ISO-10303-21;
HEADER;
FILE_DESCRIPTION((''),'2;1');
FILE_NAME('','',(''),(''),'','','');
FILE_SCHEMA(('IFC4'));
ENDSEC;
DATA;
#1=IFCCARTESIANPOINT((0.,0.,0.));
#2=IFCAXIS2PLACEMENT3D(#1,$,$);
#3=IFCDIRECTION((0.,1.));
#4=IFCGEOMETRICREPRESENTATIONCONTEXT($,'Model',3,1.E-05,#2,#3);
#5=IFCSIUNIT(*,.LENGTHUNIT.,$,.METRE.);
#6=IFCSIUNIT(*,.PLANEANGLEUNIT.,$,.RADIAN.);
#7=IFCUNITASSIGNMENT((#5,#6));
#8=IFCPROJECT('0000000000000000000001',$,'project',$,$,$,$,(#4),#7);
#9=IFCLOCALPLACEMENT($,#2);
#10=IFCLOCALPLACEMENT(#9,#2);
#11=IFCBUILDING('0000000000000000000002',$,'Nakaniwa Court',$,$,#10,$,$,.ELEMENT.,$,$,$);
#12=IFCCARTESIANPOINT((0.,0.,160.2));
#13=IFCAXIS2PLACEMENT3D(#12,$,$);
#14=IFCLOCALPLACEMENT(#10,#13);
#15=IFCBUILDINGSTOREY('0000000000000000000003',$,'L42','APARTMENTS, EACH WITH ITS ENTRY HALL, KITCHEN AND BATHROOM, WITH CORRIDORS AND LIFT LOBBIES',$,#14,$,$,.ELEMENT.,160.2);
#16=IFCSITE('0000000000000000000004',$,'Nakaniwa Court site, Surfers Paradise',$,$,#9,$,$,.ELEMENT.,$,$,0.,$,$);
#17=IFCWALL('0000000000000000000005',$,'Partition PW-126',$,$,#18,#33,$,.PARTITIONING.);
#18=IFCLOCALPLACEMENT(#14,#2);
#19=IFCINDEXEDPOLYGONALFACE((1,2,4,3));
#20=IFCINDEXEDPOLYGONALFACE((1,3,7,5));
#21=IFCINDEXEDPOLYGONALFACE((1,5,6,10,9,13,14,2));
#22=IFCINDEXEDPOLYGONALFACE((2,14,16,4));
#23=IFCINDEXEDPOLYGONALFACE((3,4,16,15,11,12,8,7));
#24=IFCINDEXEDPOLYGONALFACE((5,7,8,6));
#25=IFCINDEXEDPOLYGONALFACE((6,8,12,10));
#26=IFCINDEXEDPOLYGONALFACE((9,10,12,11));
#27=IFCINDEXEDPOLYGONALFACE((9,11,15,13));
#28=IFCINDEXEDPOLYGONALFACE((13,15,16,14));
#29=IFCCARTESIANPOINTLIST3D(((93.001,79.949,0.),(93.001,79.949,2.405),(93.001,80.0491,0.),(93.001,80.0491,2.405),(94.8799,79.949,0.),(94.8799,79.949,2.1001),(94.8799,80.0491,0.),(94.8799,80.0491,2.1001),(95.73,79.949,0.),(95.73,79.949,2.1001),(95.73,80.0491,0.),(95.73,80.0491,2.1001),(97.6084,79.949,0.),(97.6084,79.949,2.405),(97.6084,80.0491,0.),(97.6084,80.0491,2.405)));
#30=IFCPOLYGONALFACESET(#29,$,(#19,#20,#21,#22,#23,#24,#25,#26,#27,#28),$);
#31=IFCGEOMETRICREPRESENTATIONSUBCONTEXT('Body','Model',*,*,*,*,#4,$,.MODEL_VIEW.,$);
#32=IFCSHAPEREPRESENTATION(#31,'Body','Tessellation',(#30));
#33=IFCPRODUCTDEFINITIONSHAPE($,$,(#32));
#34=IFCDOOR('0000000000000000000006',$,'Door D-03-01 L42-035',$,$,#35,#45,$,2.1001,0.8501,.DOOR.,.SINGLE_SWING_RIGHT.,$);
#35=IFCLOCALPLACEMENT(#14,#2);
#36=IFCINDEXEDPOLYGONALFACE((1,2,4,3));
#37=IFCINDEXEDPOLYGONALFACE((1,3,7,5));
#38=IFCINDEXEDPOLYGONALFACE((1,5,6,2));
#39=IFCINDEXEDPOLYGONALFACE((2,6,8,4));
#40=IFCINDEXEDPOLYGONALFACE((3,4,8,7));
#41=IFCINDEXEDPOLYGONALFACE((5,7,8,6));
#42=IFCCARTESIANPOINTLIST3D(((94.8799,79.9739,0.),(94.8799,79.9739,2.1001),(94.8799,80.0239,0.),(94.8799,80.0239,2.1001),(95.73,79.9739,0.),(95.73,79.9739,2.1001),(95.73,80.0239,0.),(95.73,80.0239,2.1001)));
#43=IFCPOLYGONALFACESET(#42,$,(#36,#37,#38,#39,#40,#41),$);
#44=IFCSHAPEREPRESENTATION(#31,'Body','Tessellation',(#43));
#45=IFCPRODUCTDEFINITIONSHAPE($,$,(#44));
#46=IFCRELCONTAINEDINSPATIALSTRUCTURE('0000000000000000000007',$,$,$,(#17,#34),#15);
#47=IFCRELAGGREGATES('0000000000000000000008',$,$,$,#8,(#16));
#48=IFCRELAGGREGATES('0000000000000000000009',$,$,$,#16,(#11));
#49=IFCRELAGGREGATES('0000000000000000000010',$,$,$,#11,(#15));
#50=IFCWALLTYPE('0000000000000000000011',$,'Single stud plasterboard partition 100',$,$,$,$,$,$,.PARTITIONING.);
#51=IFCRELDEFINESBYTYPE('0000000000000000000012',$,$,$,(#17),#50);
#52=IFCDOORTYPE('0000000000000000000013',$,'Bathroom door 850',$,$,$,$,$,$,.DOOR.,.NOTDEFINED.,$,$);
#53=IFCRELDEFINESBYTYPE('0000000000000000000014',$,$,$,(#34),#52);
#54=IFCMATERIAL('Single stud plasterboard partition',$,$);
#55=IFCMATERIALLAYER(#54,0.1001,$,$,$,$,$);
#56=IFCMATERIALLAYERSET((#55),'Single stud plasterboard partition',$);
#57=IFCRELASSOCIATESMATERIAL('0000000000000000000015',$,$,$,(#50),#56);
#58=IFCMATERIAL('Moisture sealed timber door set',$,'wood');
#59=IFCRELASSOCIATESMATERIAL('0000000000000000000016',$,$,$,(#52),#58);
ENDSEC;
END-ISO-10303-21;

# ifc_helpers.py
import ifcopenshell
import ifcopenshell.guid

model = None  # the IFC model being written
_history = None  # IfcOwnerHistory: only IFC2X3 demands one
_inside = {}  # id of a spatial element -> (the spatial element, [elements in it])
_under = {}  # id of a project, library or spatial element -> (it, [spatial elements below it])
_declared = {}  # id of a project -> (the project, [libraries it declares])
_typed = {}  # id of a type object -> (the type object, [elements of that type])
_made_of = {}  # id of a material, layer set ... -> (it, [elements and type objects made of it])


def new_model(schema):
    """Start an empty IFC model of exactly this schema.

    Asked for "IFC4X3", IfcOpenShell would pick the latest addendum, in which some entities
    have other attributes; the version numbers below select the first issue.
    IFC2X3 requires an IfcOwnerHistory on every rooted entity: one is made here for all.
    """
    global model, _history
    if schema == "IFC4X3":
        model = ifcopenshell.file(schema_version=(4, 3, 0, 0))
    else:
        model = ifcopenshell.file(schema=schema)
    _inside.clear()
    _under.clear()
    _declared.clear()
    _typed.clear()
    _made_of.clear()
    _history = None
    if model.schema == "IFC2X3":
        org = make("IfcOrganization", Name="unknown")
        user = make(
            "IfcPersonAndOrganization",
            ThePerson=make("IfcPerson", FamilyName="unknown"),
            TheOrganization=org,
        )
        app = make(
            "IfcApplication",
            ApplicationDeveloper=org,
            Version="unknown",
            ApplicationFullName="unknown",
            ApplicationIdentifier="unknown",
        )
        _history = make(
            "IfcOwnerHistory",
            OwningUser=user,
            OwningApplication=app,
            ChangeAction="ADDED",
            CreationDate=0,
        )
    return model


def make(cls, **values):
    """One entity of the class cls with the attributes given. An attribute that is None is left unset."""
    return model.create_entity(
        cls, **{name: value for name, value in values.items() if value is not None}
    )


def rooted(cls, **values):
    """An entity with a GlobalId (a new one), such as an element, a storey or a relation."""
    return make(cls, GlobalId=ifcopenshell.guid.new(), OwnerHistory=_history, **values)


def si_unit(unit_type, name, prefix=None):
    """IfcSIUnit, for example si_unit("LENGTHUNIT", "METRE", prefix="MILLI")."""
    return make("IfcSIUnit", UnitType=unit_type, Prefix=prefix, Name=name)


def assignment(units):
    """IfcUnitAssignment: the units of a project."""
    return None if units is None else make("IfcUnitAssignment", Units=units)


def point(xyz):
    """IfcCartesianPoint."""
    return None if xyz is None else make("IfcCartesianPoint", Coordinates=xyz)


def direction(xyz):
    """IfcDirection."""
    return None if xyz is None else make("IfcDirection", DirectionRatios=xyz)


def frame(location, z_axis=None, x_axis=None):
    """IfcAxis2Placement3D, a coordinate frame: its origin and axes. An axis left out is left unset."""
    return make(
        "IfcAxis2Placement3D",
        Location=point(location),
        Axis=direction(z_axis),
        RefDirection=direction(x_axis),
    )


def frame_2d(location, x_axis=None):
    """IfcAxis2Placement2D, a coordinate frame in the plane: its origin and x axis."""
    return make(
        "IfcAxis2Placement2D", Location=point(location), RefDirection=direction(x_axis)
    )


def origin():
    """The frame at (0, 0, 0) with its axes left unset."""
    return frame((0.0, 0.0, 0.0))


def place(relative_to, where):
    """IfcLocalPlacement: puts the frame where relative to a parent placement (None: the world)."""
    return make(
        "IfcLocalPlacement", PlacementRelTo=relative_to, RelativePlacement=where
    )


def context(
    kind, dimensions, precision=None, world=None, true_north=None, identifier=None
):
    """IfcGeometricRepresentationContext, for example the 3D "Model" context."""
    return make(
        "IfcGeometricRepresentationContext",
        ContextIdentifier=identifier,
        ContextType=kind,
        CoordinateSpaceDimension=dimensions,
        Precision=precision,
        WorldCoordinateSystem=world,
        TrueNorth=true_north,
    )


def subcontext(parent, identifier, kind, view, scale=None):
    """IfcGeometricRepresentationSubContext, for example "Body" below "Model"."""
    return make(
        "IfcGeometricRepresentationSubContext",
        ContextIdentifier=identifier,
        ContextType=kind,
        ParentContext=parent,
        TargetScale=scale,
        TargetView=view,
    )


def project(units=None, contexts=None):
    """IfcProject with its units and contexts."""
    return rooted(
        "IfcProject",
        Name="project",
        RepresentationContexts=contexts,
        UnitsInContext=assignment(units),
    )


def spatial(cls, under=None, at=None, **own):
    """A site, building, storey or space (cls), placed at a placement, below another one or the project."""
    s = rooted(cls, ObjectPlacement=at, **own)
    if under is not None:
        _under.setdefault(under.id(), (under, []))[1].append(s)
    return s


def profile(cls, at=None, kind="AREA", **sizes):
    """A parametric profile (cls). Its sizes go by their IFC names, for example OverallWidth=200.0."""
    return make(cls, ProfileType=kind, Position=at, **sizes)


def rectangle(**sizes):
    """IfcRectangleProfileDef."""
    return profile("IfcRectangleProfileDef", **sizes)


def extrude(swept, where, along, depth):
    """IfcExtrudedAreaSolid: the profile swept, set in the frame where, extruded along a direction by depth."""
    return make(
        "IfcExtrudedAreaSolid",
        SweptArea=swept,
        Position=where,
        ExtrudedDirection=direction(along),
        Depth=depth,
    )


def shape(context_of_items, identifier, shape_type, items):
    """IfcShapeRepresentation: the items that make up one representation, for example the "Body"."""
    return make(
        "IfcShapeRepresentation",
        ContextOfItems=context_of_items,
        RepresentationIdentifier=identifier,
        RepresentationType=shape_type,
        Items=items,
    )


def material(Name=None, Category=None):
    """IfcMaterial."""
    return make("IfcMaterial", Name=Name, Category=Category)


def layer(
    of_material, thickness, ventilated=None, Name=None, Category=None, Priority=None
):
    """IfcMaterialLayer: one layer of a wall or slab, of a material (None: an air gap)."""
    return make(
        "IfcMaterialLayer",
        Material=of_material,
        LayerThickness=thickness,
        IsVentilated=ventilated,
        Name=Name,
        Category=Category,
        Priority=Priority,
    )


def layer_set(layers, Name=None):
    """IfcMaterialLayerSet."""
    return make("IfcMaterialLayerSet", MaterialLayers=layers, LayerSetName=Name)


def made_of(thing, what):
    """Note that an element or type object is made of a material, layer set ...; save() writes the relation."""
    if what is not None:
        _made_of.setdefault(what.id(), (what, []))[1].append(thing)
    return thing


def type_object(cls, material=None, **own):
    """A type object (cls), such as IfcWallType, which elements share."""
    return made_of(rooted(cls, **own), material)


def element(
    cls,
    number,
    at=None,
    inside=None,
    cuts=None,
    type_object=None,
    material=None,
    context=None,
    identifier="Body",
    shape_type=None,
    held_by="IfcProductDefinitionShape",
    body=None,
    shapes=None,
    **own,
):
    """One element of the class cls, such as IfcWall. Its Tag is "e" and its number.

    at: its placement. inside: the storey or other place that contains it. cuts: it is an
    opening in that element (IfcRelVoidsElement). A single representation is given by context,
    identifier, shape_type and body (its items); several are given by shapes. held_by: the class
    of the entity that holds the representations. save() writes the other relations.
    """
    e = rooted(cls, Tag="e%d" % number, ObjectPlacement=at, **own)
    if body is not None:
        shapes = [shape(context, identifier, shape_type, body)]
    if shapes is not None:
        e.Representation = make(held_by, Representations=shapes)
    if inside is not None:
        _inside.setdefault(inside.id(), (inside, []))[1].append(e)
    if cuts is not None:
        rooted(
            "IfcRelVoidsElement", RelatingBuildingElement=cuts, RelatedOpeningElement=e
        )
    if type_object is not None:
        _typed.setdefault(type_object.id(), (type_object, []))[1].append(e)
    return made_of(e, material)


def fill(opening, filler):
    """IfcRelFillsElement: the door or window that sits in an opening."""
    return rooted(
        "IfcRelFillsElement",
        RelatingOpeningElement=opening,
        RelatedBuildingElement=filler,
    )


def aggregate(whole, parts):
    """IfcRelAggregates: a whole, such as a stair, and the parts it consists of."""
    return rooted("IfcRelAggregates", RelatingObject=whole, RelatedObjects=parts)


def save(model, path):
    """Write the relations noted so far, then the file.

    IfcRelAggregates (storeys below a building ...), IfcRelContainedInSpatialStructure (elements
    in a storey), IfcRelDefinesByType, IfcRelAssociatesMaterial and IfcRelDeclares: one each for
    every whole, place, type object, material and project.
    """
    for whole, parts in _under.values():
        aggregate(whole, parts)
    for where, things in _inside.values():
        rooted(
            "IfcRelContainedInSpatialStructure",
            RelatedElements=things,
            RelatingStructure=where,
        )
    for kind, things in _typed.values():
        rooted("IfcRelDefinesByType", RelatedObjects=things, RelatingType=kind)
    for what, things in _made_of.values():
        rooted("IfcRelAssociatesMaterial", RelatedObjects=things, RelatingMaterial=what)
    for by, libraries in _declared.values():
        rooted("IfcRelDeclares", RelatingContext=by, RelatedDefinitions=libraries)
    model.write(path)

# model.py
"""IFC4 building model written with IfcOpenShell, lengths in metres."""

from ifc_helpers import new_model, si_unit, direction, frame, frame_2d, origin, place, context, subcontext, project, spatial, rectangle, extrude, material, layer, layer_set, type_object, element, fill, save


model = new_model("IFC4")

# Units and contexts
model_context = context("Model", 3, precision=1e-05, world=origin(), true_north=direction((0.0, 1.0)))
body_context = subcontext(model_context, "Body", "Model", "MODEL_VIEW")
ifc_project = project(units=[si_unit("LENGTHUNIT", "METRE"), si_unit("PLANEANGLEUNIT", "RADIAN")], contexts=[model_context])

# Site, building, storey
site_placement = place(None, origin())
site = spatial("IfcSite", under=ifc_project, at=site_placement, Name="Nakaniwa Court site, Surfers Paradise", CompositionType="ELEMENT", RefElevation=0.0)
building_placement = place(site_placement, origin())
building = spatial("IfcBuilding", under=site, at=building_placement, Name="Nakaniwa Court", CompositionType="ELEMENT")
storey_placement = place(building_placement, frame((0.0, 0.0, 160.2)))
storey = spatial("IfcBuildingStorey", under=building, at=storey_placement, Name="L42", Description="APARTMENTS, EACH WITH ITS ENTRY HALL, KITCHEN AND BATHROOM, WITH CORRIDORS AND LIFT LOBBIES", CompositionType="ELEMENT", Elevation=160.2)

# Shared definitions
ifc_material_1 = material(Name="Single stud plasterboard partition")
ifc_layer_1 = layer(ifc_material_1, 0.1001)
ifc_layer_set_1 = layer_set([ifc_layer_1], Name="Single stud plasterboard partition")
wall_type_1 = type_object("IfcWallType", Name="Single stud plasterboard partition 100", PredefinedType="PARTITIONING", material=ifc_layer_set_1)

# Wall, opening, door
wall_1_placement = place(storey_placement, frame((93.001, 79.999, 0.0), z_axis=(0.0, 0.0, 1.0), x_axis=(1.0, 0.0, 0.0)))
wall_1 = element("IfcWall", 1, at=wall_1_placement, inside=storey, type_object=wall_type_1, Name="Partition PW-126", PredefinedType="PARTITIONING", context=body_context, shape_type="SweptSolid", body=[
    extrude(rectangle(XDim=4.6074, YDim=0.1001, at=frame_2d((2.3037, 0.0))), origin(), (0.0, 0.0, 1.0), 2.405),
])
opening_1_placement = place(wall_1_placement, frame((1.8789, 0.0, 0.0)))
opening_1 = element("IfcOpeningElement", 2, at=opening_1_placement, cuts=wall_1, PredefinedType="OPENING", context=body_context, shape_type="SweptSolid", body=[
    extrude(rectangle(XDim=0.8501, YDim=2.1001, at=frame_2d((0.425, 1.05))), frame((0.0, 0.0601, 0.0), z_axis=(0.0, -1.0, 0.0), x_axis=(1.0, 0.0, 0.0)), (0.0, 0.0, 1.0), 0.1201),
])
ifc_material_2 = material(Name="Moisture sealed timber door set", Category="wood")
door_type_1 = type_object("IfcDoorType", Name="Bathroom door 850", OperationType="NOTDEFINED", PredefinedType="DOOR", material=ifc_material_2)
door_1_placement = place(opening_1_placement, origin())
door_1 = element("IfcDoor", 3, at=door_1_placement, inside=storey, type_object=door_type_1, Name="Door D-03-01 L42-035", OperationType="SINGLE_SWING_RIGHT", OverallHeight=2.1001, OverallWidth=0.8501, PredefinedType="DOOR", context=body_context, shape_type="SweptSolid", body=[
    extrude(rectangle(XDim=0.8501, YDim=2.1001, at=frame_2d((0.425, 1.05))), frame((0.0, 0.0249, 0.0), z_axis=(0.0, -1.0, 0.0), x_axis=(1.0, 0.0, 0.0)), (0.0, 0.0, 1.0), 0.05),
])
fill(opening_1, door_1)

save(model, "model.ifc")
